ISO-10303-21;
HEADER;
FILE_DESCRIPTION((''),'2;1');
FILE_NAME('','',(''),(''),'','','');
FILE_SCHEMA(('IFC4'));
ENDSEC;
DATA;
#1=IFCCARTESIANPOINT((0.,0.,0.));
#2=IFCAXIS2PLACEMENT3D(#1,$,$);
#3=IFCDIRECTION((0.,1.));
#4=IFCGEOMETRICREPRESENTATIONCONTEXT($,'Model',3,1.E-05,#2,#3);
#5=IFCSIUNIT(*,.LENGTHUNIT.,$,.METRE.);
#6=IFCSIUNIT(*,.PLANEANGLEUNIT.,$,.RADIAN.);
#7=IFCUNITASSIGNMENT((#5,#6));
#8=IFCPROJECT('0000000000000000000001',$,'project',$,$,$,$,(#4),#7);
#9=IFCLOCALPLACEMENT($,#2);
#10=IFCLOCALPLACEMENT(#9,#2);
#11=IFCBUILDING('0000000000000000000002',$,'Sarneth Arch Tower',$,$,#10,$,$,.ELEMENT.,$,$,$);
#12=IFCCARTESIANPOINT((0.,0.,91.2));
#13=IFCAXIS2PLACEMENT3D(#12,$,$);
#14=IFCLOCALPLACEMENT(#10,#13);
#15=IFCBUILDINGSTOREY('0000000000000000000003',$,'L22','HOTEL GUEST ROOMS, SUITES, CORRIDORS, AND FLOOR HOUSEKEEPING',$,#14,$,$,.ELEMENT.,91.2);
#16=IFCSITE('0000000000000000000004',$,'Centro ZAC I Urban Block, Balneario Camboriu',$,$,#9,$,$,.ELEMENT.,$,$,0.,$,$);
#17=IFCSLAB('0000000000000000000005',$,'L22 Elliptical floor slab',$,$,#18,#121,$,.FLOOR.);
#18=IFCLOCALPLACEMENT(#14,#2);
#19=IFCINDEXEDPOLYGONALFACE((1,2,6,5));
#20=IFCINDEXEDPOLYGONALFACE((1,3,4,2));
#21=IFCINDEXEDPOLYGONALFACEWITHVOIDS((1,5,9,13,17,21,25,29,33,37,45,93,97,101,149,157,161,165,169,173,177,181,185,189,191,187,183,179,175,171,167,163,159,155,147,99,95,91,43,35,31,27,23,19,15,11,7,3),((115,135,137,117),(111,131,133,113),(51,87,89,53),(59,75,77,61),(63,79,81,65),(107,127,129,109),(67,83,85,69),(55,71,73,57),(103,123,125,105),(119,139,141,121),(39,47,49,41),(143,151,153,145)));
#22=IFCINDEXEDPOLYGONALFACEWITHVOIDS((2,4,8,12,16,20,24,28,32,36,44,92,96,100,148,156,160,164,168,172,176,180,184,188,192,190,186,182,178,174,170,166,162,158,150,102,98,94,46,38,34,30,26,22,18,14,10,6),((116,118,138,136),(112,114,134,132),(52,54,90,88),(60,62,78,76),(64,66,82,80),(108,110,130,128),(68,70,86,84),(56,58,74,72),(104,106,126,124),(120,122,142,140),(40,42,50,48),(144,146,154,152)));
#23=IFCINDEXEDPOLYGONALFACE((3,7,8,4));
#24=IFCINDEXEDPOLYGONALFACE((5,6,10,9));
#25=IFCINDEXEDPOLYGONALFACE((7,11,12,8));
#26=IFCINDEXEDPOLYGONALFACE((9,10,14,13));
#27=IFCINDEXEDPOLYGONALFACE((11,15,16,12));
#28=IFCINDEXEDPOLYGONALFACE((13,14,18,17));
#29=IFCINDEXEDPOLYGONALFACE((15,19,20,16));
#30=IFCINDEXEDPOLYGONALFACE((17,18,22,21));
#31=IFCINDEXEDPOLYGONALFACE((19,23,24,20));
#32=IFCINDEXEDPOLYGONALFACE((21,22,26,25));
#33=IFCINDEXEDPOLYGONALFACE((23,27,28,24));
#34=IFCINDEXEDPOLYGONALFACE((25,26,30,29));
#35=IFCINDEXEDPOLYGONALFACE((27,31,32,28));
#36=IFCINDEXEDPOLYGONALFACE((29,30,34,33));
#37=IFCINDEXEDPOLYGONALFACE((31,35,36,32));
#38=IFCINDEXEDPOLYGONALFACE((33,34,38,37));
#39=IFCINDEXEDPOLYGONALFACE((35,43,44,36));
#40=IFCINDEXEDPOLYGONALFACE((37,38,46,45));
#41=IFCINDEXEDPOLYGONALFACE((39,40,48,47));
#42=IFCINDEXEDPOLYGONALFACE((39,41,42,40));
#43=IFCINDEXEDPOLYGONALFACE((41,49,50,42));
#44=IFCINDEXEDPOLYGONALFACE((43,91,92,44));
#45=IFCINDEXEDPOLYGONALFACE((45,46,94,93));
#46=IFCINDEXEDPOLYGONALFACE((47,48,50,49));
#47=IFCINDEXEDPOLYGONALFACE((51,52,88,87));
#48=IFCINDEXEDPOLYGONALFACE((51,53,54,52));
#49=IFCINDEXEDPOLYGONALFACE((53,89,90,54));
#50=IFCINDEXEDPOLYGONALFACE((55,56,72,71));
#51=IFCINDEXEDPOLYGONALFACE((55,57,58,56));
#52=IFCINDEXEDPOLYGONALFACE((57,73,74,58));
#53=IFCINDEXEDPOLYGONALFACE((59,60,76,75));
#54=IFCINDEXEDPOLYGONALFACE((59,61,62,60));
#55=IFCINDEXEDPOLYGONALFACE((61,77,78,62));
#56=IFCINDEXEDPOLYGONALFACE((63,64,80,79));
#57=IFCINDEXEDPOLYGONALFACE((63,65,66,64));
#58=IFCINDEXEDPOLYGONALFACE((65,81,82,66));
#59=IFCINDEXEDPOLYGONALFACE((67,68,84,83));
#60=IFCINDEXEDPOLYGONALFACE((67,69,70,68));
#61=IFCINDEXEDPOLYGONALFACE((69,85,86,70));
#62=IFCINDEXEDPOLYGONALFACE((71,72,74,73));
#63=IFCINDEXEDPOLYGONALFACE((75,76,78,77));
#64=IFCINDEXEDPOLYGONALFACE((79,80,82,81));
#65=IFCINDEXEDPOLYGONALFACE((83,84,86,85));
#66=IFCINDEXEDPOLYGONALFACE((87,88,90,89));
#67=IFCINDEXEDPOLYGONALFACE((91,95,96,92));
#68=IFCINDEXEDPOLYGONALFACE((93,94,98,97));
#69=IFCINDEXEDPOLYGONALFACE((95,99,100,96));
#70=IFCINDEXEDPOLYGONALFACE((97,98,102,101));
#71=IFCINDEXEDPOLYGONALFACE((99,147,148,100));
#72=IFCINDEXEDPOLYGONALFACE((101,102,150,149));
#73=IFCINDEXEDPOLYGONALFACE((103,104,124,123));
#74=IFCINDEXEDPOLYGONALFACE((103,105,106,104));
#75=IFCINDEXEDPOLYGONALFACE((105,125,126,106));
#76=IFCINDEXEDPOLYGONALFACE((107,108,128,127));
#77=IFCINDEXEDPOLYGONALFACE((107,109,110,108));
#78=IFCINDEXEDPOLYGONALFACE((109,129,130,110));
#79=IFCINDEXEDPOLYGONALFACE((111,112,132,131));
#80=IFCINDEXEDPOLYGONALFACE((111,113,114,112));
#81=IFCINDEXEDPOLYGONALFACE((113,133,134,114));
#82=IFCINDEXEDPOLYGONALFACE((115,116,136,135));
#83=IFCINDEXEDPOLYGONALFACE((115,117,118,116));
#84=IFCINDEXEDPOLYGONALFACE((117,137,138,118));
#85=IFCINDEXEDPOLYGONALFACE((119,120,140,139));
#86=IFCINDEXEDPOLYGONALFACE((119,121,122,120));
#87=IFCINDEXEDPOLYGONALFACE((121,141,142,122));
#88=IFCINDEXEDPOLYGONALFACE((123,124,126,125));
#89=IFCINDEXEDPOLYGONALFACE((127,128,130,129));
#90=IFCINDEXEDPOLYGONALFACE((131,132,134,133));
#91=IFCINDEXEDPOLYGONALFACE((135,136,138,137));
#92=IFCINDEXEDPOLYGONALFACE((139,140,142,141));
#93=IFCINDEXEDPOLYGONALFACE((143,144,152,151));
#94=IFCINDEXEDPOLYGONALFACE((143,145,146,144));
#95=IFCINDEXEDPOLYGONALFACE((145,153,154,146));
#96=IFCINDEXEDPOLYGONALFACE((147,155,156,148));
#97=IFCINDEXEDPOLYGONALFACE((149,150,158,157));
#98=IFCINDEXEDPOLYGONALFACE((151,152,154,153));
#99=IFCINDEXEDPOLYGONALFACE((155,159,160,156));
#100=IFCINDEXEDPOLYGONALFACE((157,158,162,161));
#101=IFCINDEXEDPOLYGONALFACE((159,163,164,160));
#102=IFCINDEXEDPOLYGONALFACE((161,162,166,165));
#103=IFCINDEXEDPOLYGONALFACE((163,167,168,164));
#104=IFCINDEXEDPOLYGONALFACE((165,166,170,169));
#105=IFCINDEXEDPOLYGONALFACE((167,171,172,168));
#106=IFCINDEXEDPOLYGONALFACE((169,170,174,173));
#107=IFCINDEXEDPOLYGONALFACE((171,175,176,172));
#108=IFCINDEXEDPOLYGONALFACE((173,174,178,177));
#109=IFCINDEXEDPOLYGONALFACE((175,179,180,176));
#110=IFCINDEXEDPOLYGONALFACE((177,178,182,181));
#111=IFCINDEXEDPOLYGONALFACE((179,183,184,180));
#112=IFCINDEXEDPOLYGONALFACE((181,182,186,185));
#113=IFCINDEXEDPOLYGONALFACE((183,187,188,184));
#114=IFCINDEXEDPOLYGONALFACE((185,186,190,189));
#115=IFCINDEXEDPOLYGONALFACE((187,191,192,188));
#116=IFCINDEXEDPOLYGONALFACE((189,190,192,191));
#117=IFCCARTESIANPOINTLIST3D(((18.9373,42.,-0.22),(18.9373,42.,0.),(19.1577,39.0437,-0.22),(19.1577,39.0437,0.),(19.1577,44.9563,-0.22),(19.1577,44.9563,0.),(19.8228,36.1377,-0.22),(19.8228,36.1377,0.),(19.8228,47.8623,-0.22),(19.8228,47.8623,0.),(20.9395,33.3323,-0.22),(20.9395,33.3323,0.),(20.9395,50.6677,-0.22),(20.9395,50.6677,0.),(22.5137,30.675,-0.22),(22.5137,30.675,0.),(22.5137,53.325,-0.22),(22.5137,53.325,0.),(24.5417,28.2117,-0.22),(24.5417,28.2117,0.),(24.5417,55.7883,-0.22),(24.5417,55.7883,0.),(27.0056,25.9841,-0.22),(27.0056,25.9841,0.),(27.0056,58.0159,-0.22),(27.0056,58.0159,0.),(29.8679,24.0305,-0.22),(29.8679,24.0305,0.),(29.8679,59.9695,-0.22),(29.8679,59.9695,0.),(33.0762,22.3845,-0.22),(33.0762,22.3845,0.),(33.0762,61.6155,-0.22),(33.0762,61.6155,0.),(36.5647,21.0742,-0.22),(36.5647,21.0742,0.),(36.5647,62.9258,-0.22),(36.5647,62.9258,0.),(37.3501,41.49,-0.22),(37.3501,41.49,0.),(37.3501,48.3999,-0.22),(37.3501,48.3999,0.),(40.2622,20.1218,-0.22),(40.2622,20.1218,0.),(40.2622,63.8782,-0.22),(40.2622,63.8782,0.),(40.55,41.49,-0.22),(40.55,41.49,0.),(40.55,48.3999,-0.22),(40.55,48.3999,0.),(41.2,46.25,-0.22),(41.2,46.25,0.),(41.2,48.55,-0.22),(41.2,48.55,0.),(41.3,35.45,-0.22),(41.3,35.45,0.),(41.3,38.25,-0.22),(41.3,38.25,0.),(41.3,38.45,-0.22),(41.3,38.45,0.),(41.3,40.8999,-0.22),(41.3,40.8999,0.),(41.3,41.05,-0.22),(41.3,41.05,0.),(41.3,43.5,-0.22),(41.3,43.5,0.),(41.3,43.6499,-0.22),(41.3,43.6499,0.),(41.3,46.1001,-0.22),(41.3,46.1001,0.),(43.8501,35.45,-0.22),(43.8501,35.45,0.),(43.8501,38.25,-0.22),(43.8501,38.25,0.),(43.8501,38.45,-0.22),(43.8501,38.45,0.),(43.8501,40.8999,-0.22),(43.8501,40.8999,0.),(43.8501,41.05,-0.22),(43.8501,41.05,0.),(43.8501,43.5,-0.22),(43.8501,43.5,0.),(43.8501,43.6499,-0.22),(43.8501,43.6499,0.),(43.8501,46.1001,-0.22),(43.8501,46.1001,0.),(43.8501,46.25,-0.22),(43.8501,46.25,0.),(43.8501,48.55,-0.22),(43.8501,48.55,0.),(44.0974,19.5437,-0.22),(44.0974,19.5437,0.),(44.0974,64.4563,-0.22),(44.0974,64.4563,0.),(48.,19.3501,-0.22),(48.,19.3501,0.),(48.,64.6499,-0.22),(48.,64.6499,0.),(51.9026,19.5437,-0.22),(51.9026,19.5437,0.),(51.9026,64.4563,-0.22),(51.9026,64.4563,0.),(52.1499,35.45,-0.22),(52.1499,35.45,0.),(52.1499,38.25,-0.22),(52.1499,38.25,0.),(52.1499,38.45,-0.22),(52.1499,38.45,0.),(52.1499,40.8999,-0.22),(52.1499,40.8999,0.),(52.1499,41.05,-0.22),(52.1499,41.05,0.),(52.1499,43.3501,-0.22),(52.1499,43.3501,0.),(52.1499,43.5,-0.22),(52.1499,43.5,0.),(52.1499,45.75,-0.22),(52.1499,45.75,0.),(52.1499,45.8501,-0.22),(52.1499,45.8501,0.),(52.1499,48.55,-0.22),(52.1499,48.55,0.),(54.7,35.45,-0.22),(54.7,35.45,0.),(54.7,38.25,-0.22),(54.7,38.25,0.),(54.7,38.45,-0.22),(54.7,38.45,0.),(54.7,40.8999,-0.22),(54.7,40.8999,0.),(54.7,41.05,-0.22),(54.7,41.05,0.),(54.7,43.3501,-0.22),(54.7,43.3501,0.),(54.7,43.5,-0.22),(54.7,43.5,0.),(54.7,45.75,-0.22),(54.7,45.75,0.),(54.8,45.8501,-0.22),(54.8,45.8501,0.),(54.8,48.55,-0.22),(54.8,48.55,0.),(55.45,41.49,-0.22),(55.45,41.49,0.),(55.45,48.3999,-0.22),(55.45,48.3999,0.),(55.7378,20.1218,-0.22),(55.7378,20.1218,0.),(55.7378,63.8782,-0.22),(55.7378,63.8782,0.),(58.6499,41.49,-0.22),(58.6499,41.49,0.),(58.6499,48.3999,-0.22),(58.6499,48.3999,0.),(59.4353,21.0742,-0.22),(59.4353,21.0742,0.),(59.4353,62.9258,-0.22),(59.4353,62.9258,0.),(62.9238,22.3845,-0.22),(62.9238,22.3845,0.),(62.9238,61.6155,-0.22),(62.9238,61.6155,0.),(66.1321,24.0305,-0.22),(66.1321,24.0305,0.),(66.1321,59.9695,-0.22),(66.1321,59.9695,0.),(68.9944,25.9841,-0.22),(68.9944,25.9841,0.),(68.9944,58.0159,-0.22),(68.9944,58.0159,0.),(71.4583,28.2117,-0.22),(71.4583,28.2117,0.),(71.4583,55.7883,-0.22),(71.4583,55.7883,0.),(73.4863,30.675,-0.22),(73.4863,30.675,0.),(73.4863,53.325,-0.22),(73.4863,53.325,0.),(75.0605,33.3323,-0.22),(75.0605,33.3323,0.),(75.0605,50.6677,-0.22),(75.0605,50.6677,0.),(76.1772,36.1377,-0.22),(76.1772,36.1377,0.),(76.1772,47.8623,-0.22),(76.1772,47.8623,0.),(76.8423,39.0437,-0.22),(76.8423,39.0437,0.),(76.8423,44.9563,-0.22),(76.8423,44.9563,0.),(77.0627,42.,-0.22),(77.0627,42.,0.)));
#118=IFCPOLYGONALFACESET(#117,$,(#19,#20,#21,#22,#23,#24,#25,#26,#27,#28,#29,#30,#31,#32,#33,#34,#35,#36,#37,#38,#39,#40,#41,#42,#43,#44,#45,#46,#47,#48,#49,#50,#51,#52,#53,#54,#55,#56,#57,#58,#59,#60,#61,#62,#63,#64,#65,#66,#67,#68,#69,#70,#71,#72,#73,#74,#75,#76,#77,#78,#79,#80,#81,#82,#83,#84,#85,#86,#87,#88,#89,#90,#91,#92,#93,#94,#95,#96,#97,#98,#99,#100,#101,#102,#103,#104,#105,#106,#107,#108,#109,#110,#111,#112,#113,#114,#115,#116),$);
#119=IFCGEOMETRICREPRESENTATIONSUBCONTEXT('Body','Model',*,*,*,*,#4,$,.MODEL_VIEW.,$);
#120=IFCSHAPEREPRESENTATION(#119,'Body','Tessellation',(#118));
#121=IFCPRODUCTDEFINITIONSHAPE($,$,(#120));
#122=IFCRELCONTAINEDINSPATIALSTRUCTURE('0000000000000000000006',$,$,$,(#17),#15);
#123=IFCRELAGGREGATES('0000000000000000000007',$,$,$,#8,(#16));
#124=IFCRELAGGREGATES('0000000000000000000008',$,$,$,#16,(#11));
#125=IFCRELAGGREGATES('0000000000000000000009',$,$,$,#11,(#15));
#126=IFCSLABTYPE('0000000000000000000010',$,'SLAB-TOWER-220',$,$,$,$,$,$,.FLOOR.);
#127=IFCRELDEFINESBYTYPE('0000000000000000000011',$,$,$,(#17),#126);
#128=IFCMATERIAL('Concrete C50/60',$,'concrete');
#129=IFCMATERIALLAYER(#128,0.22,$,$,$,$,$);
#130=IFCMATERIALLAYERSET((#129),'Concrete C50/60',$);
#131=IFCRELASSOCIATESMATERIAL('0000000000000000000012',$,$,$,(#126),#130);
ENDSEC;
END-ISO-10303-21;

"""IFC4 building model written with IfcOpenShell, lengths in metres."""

from ifc_helpers import new_model, si_unit, direction, frame, origin, place, context, subcontext, project, spatial, polyline, outline, extrude, material, layer, layer_set, type_object, element, save


model = new_model("IFC4")

# Units and contexts
model_context = context("Model", 3, precision=1e-05, world=origin(), true_north=direction((0.0, 1.0)))
body_context = subcontext(model_context, "Body", "Model", "MODEL_VIEW")
ifc_project = project(units=[si_unit("LENGTHUNIT", "METRE"), si_unit("PLANEANGLEUNIT", "RADIAN")], contexts=[model_context])

# Site, building, storey
site_placement = place(None, origin())
site = spatial("IfcSite", under=ifc_project, at=site_placement, Name="Centro ZAC I Urban Block, Balneario Camboriu", CompositionType="ELEMENT", RefElevation=0.0)
building_placement = place(site_placement, origin())
building = spatial("IfcBuilding", under=site, at=building_placement, Name="Sarneth Arch Tower", CompositionType="ELEMENT")
storey_placement = place(building_placement, frame((0.0, 0.0, 91.2)))
storey = spatial("IfcBuildingStorey", under=building, at=storey_placement, Name="L22", Description="HOTEL GUEST ROOMS, SUITES, CORRIDORS, AND FLOOR HOUSEKEEPING", CompositionType="ELEMENT", Elevation=91.2)

# Slab
ifc_material_1 = material(Name="Concrete C50/60", Category="concrete")
ifc_layer_1 = layer(ifc_material_1, 0.22)
ifc_layer_set_1 = layer_set([ifc_layer_1], Name="Concrete C50/60")
slab_type_1 = type_object("IfcSlabType", Name="SLAB-TOWER-220", PredefinedType="FLOOR", material=ifc_layer_set_1)
slab_1_placement = place(storey_placement, frame((0.0, 0.0, -0.22)))
element("IfcSlab", 1, at=slab_1_placement, inside=storey, type_object=slab_type_1, Name="L22 Elliptical floor slab", PredefinedType="FLOOR", context=body_context, shape_type="SweptSolid", body=[
    extrude(outline(polyline([(77.0627, 42.0), (76.8423, 44.9563), (76.1772, 47.8623), (75.0605, 50.6677), (73.4863, 53.325), (71.4583, 55.7883), (68.9944, 58.0159), (66.1321, 59.9695), (62.9238, 61.6155), (59.4353, 62.9258), (55.7378, 63.8782), (51.9026, 64.4563), (48.0, 64.6499), (44.0974, 64.4563), (40.2622, 63.8782), (36.5647, 62.9258), (33.0762, 61.6155), (29.8679, 59.9695), (27.0056, 58.0159), (24.5417, 55.7883), (22.5137, 53.325), (20.9395, 50.6677), (19.8228, 47.8623), (19.1577, 44.9563), (18.9373, 42.0), (19.1577, 39.0437), (19.8228, 36.1377), (20.9395, 33.3323), (22.5137, 30.675), (24.5417, 28.2117), (27.0056, 25.9841), (29.8679, 24.0305), (33.0762, 22.3845), (36.5647, 21.0742), (40.2622, 20.1218), (44.0974, 19.5437), (48.0, 19.3501), (51.9026, 19.5437), (55.7378, 20.1218), (59.4353, 21.0742), (62.9238, 22.3845), (66.1321, 24.0305), (68.9944, 25.9841), (71.4583, 28.2117), (73.4863, 30.675), (75.0605, 33.3323), (76.1772, 36.1377), (76.8423, 39.0437), (77.0627, 42.0)]), holes=[polyline([(37.3501, 41.49), (40.55, 41.49), (40.55, 48.3999), (37.3501, 48.3999), (37.3501, 41.49)]), polyline([(55.45, 41.49), (58.6499, 41.49), (58.6499, 48.3999), (55.45, 48.3999), (55.45, 41.49)]), polyline([(41.2, 46.25), (43.8501, 46.25), (43.8501, 48.55), (41.2, 48.55), (41.2, 46.25)]), polyline([(41.3, 35.45), (43.8501, 35.45), (43.8501, 38.25), (41.3, 38.25), (41.3, 35.45)]), polyline([(52.1499, 35.45), (54.7, 35.45), (54.7, 38.25), (52.1499, 38.25), (52.1499, 35.45)]), polyline([(52.1499, 45.8501), (54.8, 45.8501), (54.8, 48.55), (52.1499, 48.55), (52.1499, 45.8501)]), polyline([(41.3, 38.45), (43.8501, 38.45), (43.8501, 40.8999), (41.3, 40.8999), (41.3, 38.45)]), polyline([(41.3, 41.05), (43.8501, 41.05), (43.8501, 43.5), (41.3, 43.5), (41.3, 41.05)]), polyline([(41.3, 43.6499), (43.8501, 43.6499), (43.8501, 46.1001), (41.3, 46.1001), (41.3, 43.6499)]), polyline([(52.1499, 38.45), (54.7, 38.45), (54.7, 40.8999), (52.1499, 40.8999), (52.1499, 38.45)]), polyline([(52.1499, 41.05), (54.7, 41.05), (54.7, 43.3501), (52.1499, 43.3501), (52.1499, 41.05)]), polyline([(52.1499, 43.5), (54.7, 43.5), (54.7, 45.75), (52.1499, 45.75), (52.1499, 43.5)])]), origin(), (0.0, 0.0, 1.0), 0.22),
])

save(model, "model.ifc")
